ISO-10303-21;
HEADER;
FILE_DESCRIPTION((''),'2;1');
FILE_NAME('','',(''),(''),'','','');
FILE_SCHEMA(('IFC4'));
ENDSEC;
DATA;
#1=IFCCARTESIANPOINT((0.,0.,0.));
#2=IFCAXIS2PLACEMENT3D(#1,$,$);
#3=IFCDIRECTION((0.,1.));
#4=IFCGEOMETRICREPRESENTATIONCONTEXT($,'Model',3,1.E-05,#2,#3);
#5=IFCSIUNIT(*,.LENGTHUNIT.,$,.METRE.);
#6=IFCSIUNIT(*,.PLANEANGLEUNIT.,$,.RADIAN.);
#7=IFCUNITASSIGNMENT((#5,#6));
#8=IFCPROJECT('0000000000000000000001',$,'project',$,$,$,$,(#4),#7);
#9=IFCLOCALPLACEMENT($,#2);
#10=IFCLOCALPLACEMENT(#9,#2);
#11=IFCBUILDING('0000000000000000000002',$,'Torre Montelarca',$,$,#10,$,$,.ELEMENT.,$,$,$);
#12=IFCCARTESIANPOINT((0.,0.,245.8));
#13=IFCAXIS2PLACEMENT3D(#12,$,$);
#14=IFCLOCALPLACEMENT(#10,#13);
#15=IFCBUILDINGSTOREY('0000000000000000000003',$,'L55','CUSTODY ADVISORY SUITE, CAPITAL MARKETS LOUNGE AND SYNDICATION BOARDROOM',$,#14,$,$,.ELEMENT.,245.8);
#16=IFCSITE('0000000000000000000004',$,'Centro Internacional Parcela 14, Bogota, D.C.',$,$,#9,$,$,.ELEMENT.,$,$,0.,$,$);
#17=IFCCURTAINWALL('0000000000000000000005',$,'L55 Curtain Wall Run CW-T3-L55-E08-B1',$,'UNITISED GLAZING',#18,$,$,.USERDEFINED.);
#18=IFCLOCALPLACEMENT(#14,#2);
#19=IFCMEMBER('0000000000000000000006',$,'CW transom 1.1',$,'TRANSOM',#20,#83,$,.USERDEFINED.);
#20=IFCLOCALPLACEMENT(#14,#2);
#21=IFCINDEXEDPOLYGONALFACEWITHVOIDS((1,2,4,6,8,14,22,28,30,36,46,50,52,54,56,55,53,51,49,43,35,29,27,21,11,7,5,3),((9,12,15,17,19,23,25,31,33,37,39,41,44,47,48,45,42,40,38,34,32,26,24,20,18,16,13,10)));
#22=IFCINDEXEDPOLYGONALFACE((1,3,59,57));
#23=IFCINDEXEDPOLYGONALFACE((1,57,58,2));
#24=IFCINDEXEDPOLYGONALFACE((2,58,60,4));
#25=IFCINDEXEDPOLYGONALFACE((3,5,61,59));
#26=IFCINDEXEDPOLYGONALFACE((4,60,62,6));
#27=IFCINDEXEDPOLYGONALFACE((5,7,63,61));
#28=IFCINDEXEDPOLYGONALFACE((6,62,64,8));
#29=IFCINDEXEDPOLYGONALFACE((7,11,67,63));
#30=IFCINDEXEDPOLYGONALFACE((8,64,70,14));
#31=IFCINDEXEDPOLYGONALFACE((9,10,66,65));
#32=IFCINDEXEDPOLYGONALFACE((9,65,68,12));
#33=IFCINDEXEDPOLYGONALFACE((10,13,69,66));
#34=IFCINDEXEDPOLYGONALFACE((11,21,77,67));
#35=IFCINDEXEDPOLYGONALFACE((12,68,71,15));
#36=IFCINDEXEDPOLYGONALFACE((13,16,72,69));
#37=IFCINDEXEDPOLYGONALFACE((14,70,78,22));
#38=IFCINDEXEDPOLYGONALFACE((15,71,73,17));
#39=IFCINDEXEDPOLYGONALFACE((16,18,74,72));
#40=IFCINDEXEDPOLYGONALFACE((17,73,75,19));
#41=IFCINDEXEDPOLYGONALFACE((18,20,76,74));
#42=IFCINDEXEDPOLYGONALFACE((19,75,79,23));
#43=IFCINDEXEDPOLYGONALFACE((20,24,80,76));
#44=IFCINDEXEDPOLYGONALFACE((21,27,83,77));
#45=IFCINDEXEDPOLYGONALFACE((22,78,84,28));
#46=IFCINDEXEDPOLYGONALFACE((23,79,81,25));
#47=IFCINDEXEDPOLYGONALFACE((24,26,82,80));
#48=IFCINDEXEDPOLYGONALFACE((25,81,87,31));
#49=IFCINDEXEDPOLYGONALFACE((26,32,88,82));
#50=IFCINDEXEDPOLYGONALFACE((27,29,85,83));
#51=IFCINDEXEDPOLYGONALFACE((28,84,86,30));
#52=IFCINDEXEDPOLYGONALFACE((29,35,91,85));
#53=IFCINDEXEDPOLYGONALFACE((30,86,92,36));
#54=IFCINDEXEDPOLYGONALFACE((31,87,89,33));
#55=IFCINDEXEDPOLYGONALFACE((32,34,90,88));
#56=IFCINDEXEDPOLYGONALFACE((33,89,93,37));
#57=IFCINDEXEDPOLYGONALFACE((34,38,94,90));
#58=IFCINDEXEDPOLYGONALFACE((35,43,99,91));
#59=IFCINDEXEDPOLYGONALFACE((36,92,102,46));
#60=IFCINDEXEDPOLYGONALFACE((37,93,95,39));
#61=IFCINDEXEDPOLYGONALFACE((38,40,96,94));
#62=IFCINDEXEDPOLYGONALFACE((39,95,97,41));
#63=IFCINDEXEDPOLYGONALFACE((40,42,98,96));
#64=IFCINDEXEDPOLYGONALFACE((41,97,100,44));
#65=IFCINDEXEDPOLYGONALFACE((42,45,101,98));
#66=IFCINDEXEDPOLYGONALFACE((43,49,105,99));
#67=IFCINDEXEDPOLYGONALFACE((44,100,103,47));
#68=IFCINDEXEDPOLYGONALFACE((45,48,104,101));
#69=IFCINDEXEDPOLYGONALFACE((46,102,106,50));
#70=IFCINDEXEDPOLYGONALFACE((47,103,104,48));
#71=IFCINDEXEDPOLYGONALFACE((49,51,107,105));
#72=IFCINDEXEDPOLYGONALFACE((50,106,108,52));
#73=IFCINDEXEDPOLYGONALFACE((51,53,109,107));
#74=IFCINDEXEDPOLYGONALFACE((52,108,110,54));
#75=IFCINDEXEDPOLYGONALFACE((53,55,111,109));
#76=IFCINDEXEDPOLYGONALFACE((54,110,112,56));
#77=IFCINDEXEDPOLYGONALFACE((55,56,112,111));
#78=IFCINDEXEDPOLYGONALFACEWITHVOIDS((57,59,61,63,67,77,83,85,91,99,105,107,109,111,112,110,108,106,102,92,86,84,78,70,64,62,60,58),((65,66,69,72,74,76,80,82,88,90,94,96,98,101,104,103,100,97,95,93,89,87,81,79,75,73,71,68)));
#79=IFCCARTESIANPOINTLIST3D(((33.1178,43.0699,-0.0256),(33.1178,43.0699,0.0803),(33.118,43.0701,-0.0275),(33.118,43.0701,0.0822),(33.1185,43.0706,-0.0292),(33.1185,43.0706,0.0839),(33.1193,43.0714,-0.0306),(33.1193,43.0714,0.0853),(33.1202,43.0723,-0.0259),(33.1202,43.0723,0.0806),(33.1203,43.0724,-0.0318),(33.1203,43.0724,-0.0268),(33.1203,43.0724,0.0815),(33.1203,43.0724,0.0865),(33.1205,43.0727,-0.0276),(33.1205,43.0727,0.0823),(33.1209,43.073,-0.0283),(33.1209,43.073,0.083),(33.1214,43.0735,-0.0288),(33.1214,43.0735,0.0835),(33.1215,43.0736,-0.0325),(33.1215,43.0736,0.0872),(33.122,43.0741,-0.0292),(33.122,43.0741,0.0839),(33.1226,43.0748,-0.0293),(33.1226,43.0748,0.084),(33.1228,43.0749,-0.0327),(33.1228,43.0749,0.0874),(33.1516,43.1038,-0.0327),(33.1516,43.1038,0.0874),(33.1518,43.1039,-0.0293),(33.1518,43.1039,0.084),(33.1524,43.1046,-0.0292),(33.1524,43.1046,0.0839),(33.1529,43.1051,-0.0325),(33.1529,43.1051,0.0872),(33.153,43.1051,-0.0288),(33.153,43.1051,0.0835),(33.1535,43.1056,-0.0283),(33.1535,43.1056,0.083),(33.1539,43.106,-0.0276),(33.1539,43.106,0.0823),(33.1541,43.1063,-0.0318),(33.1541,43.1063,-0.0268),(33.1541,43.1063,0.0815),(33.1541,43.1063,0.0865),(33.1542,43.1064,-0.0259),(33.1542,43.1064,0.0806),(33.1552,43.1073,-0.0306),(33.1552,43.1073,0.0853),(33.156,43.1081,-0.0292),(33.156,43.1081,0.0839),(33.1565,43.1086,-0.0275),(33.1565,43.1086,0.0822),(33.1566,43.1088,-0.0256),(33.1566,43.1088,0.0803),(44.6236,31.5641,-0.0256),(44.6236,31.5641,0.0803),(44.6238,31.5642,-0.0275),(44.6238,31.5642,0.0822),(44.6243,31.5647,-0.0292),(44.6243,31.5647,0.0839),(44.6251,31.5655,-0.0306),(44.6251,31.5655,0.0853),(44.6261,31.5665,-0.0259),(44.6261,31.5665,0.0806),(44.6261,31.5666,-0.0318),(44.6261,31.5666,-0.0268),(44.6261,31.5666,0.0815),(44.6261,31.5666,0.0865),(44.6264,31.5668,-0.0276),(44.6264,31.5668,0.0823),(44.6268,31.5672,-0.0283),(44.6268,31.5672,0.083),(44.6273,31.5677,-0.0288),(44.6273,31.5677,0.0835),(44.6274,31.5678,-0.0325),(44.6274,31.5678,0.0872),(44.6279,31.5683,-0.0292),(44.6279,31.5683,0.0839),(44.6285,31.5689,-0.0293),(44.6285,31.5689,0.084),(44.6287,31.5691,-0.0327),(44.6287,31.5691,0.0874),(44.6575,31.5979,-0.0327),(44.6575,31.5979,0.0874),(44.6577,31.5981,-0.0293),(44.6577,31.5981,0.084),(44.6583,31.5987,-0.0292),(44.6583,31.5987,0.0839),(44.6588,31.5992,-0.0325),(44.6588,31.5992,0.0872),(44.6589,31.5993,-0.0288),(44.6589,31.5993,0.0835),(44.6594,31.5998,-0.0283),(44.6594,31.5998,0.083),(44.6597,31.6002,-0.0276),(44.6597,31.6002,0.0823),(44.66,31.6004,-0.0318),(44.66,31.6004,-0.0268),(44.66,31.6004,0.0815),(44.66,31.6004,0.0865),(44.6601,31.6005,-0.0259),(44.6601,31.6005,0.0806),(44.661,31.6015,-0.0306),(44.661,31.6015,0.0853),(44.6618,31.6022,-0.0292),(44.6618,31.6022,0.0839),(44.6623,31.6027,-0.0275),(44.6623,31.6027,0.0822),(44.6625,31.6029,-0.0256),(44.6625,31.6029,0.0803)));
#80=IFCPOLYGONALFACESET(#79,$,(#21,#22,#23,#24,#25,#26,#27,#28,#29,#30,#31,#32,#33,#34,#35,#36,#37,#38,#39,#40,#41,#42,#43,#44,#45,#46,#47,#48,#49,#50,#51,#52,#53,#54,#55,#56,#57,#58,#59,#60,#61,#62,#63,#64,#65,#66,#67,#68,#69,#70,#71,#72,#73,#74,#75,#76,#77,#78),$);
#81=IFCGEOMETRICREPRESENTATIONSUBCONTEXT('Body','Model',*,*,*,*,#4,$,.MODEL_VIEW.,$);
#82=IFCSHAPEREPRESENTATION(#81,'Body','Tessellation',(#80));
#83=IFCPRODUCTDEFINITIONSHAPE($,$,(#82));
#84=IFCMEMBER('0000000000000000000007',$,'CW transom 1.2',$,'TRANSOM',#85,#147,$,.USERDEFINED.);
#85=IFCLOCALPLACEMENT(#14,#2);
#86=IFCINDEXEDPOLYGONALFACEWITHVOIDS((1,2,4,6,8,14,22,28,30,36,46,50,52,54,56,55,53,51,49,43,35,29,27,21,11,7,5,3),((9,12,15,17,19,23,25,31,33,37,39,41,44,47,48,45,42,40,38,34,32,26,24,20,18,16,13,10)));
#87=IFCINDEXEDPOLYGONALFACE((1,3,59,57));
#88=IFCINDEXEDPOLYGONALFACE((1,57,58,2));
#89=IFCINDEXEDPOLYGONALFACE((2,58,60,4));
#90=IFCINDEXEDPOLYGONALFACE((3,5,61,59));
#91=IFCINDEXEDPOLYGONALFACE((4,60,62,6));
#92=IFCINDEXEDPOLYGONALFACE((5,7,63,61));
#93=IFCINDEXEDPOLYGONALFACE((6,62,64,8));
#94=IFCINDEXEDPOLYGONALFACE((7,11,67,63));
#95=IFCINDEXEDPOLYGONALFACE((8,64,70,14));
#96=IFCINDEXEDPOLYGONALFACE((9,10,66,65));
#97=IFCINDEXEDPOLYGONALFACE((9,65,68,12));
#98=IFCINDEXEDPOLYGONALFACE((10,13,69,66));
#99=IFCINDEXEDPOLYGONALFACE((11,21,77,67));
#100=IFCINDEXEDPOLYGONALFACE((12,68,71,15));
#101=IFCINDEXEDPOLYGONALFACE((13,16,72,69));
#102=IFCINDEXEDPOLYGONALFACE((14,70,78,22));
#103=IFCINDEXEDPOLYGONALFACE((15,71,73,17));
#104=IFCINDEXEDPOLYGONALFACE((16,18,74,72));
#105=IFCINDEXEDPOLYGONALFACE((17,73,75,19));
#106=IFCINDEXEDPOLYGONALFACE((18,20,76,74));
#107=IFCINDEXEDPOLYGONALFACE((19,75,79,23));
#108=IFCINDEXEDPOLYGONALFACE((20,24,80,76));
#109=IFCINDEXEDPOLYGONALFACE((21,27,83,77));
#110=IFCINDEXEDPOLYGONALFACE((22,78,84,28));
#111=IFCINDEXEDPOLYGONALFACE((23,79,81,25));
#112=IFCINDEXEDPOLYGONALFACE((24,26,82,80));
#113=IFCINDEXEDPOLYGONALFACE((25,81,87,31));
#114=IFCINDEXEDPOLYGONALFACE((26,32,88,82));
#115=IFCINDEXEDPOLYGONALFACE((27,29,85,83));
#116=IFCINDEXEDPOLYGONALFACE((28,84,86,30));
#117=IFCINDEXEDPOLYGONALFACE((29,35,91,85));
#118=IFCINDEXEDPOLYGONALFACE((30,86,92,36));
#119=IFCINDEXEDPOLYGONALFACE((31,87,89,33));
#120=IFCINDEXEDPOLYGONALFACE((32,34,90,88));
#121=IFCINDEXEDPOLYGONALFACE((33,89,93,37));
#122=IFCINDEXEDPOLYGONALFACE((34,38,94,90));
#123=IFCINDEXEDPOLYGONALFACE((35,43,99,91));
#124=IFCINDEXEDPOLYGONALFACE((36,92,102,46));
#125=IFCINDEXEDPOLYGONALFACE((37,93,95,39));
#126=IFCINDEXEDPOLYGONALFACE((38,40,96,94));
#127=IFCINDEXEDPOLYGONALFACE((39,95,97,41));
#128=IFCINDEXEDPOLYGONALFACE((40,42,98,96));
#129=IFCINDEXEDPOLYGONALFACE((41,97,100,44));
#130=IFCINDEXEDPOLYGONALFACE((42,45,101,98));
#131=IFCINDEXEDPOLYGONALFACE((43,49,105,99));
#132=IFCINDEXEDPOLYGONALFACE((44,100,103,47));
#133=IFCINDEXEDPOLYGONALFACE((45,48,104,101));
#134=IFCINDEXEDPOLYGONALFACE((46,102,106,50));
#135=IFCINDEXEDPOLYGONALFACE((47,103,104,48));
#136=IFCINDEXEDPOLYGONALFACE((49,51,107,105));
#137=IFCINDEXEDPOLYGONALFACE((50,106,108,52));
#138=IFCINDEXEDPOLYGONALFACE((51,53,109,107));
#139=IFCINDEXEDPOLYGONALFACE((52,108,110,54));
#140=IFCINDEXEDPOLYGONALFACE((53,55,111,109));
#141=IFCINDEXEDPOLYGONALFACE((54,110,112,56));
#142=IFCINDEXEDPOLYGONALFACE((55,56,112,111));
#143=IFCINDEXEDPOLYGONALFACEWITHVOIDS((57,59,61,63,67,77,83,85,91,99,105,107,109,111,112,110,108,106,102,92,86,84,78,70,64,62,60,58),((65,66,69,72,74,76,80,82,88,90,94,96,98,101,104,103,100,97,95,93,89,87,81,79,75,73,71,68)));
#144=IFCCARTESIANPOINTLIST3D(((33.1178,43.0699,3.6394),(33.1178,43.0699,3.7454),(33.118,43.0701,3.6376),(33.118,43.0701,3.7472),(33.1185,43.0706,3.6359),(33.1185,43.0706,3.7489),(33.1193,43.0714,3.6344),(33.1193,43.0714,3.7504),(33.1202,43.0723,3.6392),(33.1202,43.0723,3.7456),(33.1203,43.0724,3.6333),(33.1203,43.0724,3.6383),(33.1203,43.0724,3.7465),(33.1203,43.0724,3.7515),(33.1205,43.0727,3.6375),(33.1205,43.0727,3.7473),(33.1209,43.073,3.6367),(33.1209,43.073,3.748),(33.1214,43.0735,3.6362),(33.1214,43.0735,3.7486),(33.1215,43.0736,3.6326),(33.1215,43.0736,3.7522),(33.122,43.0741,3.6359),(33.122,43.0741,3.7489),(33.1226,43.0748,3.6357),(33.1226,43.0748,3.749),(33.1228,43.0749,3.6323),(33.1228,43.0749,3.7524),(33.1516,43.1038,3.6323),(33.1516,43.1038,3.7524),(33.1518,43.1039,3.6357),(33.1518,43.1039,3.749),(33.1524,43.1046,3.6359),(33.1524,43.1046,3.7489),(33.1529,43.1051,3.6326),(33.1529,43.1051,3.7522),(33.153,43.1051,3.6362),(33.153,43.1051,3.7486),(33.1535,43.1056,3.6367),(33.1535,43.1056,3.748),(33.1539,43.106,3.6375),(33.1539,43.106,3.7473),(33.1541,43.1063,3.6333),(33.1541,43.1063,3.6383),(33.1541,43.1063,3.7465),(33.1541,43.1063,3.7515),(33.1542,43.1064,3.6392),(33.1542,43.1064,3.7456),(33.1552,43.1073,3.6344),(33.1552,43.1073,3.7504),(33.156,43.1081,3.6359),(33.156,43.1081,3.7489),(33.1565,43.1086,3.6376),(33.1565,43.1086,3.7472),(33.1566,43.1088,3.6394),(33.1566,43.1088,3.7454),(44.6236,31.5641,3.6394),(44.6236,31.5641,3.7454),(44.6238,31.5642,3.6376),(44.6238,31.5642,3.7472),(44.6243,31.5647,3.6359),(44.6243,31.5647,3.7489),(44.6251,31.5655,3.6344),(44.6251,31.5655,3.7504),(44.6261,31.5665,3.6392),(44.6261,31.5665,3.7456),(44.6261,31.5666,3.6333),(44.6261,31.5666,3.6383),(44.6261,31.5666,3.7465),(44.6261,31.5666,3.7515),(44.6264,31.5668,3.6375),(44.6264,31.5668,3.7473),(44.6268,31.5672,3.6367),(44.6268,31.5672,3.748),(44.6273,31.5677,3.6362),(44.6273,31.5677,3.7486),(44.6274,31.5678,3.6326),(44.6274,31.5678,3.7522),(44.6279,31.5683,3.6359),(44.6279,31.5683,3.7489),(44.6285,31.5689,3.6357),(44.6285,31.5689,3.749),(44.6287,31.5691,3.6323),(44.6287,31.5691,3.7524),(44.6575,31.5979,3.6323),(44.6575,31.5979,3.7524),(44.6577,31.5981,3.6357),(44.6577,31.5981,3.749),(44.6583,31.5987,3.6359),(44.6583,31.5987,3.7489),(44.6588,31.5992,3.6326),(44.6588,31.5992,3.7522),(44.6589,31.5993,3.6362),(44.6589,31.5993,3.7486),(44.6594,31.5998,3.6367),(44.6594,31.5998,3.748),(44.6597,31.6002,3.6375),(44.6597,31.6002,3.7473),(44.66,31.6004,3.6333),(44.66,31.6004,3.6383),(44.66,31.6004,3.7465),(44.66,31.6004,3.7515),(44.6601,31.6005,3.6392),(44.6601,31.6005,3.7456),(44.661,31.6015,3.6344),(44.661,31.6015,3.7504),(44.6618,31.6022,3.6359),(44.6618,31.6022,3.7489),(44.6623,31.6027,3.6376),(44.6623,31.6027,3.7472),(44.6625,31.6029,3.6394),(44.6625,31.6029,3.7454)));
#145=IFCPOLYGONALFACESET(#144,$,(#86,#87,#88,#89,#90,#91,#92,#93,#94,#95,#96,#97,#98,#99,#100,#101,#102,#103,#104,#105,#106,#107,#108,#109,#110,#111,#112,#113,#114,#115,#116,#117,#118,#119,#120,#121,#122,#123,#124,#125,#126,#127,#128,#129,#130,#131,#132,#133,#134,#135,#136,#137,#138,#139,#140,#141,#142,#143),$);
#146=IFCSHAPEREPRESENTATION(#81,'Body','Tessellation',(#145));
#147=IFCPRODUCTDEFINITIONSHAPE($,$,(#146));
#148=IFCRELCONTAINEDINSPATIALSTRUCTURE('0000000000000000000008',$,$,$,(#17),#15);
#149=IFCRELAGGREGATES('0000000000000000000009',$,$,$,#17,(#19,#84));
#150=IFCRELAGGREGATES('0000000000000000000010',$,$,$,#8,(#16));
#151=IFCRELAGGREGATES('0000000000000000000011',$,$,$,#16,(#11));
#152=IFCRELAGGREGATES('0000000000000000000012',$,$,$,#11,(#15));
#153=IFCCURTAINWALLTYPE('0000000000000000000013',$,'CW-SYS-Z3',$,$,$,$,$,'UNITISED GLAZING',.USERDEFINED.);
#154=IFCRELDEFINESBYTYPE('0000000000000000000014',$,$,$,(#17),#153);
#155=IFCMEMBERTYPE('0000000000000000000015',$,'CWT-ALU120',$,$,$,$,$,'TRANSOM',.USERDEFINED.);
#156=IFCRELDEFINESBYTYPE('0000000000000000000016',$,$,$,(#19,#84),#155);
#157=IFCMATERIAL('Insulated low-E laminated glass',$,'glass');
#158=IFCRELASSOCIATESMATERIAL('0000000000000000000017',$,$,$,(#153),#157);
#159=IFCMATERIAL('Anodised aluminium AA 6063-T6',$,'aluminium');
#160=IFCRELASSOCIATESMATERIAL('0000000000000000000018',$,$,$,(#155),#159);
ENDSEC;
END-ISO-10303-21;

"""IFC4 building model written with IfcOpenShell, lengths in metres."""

from ifc_helpers import new_model, si_unit, direction, frame, origin, origin_2d, place, context, subcontext, project, spatial, hollow_rectangle, extrude, source, transform, mapped, material, material_profile, profile_set, type_object, element, aggregate, save


model = new_model("IFC4")

# Units and contexts
model_context = context("Model", 3, precision=1e-05, world=origin(), true_north=direction((0.0, 1.0)))
body_context = subcontext(model_context, "Body", "Model", "MODEL_VIEW")
ifc_project = project(units=[si_unit("LENGTHUNIT", "METRE"), si_unit("PLANEANGLEUNIT", "RADIAN")], contexts=[model_context])

# Site, building, storey
site_placement = place(None, origin())
site = spatial("IfcSite", under=ifc_project, at=site_placement, Name="Centro Internacional Parcela 14, Bogota, D.C.", CompositionType="ELEMENT", RefElevation=0.0)
building_placement = place(site_placement, origin())
building = spatial("IfcBuilding", under=site, at=building_placement, Name="Torre Montelarca", CompositionType="ELEMENT")
storey_placement = place(building_placement, frame((0.0, 0.0, 245.8)))
storey = spatial("IfcBuildingStorey", under=building, at=storey_placement, Name="L55", Description="CUSTODY ADVISORY SUITE, CAPITAL MARKETS LOUNGE AND SYNDICATION BOARDROOM", CompositionType="ELEMENT", Elevation=245.8)

# Shared definitions
ifc_material_1 = material(Name="Insulated low-E laminated glass", Category="glass")
curtain_wall_type = type_object("IfcCurtainWallType", Name="CW-SYS-Z3", ElementType="UNITISED GLAZING", PredefinedType="USERDEFINED", material=ifc_material_1)
ifc_material_2 = material(Name="Anodised aluminium AA 6063-T6", Category="aluminium")

# Curtain wall, members
curtain_wall_1_placement = place(storey_placement, origin())
curtain_wall_1 = element("IfcCurtainWall", 1, at=curtain_wall_1_placement, inside=storey, type_object=curtain_wall_type, Name="L55 Curtain Wall Run CW-T3-L55-E08-B1", ObjectType="UNITISED GLAZING", PredefinedType="USERDEFINED")
ifc_material_profile_1 = material_profile(ifc_material_2, hollow_rectangle(XDim=0.0549, YDim=0.1201, WallThickness=0.0034, InnerFilletRadius=0.0034, OuterFilletRadius=0.0071, at=origin_2d()), Name="ALU55X120X3.5", Category="aluminium")
ifc_profile_set_1 = profile_set([ifc_material_profile_1], Name="Anodised aluminium AA 6063-T6")
member_type_1 = type_object("IfcMemberType", Name="CWT-ALU120", ElementType="TRANSOM", PredefinedType="USERDEFINED", material=ifc_profile_set_1)
shared_shape_1 = source(origin(), body_context, "Body", "SweptSolid", [
    extrude(hollow_rectangle(XDim=0.0549, YDim=0.1201, WallThickness=0.0034, InnerFilletRadius=0.0034, OuterFilletRadius=0.0071, at=origin_2d()), origin(), (0.0, 0.0, 1.0), 16.2717),
])
member_1_placement = place(storey_placement, frame((44.6431, 31.5835, 0.0273), z_axis=(-0.707107, 0.707107, 0.0), x_axis=(-0.707107, -0.707107, 0.0)))
member_1 = element("IfcMember", 2, at=member_1_placement, type_object=member_type_1, Name="CW transom 1.1", ObjectType="TRANSOM", PredefinedType="USERDEFINED", context=body_context, shape_type="MappedRepresentation", body=[
    mapped(shared_shape_1, transform((0.0, 0.0, 0.0), scale=1.0)),
])
member_2_placement = place(storey_placement, frame((44.6431, 31.5835, 3.6924), z_axis=(-0.707107, 0.707107, 0.0), x_axis=(-0.707107, -0.707107, 0.0)))
member_2 = element("IfcMember", 3, at=member_2_placement, type_object=member_type_1, Name="CW transom 1.2", ObjectType="TRANSOM", PredefinedType="USERDEFINED", context=body_context, shape_type="MappedRepresentation", body=[
    mapped(shared_shape_1, transform((0.0, 0.0, 0.0), scale=1.0)),
])

aggregate(curtain_wall_1, [member_1, member_2])

save(model, "model.ifc")
